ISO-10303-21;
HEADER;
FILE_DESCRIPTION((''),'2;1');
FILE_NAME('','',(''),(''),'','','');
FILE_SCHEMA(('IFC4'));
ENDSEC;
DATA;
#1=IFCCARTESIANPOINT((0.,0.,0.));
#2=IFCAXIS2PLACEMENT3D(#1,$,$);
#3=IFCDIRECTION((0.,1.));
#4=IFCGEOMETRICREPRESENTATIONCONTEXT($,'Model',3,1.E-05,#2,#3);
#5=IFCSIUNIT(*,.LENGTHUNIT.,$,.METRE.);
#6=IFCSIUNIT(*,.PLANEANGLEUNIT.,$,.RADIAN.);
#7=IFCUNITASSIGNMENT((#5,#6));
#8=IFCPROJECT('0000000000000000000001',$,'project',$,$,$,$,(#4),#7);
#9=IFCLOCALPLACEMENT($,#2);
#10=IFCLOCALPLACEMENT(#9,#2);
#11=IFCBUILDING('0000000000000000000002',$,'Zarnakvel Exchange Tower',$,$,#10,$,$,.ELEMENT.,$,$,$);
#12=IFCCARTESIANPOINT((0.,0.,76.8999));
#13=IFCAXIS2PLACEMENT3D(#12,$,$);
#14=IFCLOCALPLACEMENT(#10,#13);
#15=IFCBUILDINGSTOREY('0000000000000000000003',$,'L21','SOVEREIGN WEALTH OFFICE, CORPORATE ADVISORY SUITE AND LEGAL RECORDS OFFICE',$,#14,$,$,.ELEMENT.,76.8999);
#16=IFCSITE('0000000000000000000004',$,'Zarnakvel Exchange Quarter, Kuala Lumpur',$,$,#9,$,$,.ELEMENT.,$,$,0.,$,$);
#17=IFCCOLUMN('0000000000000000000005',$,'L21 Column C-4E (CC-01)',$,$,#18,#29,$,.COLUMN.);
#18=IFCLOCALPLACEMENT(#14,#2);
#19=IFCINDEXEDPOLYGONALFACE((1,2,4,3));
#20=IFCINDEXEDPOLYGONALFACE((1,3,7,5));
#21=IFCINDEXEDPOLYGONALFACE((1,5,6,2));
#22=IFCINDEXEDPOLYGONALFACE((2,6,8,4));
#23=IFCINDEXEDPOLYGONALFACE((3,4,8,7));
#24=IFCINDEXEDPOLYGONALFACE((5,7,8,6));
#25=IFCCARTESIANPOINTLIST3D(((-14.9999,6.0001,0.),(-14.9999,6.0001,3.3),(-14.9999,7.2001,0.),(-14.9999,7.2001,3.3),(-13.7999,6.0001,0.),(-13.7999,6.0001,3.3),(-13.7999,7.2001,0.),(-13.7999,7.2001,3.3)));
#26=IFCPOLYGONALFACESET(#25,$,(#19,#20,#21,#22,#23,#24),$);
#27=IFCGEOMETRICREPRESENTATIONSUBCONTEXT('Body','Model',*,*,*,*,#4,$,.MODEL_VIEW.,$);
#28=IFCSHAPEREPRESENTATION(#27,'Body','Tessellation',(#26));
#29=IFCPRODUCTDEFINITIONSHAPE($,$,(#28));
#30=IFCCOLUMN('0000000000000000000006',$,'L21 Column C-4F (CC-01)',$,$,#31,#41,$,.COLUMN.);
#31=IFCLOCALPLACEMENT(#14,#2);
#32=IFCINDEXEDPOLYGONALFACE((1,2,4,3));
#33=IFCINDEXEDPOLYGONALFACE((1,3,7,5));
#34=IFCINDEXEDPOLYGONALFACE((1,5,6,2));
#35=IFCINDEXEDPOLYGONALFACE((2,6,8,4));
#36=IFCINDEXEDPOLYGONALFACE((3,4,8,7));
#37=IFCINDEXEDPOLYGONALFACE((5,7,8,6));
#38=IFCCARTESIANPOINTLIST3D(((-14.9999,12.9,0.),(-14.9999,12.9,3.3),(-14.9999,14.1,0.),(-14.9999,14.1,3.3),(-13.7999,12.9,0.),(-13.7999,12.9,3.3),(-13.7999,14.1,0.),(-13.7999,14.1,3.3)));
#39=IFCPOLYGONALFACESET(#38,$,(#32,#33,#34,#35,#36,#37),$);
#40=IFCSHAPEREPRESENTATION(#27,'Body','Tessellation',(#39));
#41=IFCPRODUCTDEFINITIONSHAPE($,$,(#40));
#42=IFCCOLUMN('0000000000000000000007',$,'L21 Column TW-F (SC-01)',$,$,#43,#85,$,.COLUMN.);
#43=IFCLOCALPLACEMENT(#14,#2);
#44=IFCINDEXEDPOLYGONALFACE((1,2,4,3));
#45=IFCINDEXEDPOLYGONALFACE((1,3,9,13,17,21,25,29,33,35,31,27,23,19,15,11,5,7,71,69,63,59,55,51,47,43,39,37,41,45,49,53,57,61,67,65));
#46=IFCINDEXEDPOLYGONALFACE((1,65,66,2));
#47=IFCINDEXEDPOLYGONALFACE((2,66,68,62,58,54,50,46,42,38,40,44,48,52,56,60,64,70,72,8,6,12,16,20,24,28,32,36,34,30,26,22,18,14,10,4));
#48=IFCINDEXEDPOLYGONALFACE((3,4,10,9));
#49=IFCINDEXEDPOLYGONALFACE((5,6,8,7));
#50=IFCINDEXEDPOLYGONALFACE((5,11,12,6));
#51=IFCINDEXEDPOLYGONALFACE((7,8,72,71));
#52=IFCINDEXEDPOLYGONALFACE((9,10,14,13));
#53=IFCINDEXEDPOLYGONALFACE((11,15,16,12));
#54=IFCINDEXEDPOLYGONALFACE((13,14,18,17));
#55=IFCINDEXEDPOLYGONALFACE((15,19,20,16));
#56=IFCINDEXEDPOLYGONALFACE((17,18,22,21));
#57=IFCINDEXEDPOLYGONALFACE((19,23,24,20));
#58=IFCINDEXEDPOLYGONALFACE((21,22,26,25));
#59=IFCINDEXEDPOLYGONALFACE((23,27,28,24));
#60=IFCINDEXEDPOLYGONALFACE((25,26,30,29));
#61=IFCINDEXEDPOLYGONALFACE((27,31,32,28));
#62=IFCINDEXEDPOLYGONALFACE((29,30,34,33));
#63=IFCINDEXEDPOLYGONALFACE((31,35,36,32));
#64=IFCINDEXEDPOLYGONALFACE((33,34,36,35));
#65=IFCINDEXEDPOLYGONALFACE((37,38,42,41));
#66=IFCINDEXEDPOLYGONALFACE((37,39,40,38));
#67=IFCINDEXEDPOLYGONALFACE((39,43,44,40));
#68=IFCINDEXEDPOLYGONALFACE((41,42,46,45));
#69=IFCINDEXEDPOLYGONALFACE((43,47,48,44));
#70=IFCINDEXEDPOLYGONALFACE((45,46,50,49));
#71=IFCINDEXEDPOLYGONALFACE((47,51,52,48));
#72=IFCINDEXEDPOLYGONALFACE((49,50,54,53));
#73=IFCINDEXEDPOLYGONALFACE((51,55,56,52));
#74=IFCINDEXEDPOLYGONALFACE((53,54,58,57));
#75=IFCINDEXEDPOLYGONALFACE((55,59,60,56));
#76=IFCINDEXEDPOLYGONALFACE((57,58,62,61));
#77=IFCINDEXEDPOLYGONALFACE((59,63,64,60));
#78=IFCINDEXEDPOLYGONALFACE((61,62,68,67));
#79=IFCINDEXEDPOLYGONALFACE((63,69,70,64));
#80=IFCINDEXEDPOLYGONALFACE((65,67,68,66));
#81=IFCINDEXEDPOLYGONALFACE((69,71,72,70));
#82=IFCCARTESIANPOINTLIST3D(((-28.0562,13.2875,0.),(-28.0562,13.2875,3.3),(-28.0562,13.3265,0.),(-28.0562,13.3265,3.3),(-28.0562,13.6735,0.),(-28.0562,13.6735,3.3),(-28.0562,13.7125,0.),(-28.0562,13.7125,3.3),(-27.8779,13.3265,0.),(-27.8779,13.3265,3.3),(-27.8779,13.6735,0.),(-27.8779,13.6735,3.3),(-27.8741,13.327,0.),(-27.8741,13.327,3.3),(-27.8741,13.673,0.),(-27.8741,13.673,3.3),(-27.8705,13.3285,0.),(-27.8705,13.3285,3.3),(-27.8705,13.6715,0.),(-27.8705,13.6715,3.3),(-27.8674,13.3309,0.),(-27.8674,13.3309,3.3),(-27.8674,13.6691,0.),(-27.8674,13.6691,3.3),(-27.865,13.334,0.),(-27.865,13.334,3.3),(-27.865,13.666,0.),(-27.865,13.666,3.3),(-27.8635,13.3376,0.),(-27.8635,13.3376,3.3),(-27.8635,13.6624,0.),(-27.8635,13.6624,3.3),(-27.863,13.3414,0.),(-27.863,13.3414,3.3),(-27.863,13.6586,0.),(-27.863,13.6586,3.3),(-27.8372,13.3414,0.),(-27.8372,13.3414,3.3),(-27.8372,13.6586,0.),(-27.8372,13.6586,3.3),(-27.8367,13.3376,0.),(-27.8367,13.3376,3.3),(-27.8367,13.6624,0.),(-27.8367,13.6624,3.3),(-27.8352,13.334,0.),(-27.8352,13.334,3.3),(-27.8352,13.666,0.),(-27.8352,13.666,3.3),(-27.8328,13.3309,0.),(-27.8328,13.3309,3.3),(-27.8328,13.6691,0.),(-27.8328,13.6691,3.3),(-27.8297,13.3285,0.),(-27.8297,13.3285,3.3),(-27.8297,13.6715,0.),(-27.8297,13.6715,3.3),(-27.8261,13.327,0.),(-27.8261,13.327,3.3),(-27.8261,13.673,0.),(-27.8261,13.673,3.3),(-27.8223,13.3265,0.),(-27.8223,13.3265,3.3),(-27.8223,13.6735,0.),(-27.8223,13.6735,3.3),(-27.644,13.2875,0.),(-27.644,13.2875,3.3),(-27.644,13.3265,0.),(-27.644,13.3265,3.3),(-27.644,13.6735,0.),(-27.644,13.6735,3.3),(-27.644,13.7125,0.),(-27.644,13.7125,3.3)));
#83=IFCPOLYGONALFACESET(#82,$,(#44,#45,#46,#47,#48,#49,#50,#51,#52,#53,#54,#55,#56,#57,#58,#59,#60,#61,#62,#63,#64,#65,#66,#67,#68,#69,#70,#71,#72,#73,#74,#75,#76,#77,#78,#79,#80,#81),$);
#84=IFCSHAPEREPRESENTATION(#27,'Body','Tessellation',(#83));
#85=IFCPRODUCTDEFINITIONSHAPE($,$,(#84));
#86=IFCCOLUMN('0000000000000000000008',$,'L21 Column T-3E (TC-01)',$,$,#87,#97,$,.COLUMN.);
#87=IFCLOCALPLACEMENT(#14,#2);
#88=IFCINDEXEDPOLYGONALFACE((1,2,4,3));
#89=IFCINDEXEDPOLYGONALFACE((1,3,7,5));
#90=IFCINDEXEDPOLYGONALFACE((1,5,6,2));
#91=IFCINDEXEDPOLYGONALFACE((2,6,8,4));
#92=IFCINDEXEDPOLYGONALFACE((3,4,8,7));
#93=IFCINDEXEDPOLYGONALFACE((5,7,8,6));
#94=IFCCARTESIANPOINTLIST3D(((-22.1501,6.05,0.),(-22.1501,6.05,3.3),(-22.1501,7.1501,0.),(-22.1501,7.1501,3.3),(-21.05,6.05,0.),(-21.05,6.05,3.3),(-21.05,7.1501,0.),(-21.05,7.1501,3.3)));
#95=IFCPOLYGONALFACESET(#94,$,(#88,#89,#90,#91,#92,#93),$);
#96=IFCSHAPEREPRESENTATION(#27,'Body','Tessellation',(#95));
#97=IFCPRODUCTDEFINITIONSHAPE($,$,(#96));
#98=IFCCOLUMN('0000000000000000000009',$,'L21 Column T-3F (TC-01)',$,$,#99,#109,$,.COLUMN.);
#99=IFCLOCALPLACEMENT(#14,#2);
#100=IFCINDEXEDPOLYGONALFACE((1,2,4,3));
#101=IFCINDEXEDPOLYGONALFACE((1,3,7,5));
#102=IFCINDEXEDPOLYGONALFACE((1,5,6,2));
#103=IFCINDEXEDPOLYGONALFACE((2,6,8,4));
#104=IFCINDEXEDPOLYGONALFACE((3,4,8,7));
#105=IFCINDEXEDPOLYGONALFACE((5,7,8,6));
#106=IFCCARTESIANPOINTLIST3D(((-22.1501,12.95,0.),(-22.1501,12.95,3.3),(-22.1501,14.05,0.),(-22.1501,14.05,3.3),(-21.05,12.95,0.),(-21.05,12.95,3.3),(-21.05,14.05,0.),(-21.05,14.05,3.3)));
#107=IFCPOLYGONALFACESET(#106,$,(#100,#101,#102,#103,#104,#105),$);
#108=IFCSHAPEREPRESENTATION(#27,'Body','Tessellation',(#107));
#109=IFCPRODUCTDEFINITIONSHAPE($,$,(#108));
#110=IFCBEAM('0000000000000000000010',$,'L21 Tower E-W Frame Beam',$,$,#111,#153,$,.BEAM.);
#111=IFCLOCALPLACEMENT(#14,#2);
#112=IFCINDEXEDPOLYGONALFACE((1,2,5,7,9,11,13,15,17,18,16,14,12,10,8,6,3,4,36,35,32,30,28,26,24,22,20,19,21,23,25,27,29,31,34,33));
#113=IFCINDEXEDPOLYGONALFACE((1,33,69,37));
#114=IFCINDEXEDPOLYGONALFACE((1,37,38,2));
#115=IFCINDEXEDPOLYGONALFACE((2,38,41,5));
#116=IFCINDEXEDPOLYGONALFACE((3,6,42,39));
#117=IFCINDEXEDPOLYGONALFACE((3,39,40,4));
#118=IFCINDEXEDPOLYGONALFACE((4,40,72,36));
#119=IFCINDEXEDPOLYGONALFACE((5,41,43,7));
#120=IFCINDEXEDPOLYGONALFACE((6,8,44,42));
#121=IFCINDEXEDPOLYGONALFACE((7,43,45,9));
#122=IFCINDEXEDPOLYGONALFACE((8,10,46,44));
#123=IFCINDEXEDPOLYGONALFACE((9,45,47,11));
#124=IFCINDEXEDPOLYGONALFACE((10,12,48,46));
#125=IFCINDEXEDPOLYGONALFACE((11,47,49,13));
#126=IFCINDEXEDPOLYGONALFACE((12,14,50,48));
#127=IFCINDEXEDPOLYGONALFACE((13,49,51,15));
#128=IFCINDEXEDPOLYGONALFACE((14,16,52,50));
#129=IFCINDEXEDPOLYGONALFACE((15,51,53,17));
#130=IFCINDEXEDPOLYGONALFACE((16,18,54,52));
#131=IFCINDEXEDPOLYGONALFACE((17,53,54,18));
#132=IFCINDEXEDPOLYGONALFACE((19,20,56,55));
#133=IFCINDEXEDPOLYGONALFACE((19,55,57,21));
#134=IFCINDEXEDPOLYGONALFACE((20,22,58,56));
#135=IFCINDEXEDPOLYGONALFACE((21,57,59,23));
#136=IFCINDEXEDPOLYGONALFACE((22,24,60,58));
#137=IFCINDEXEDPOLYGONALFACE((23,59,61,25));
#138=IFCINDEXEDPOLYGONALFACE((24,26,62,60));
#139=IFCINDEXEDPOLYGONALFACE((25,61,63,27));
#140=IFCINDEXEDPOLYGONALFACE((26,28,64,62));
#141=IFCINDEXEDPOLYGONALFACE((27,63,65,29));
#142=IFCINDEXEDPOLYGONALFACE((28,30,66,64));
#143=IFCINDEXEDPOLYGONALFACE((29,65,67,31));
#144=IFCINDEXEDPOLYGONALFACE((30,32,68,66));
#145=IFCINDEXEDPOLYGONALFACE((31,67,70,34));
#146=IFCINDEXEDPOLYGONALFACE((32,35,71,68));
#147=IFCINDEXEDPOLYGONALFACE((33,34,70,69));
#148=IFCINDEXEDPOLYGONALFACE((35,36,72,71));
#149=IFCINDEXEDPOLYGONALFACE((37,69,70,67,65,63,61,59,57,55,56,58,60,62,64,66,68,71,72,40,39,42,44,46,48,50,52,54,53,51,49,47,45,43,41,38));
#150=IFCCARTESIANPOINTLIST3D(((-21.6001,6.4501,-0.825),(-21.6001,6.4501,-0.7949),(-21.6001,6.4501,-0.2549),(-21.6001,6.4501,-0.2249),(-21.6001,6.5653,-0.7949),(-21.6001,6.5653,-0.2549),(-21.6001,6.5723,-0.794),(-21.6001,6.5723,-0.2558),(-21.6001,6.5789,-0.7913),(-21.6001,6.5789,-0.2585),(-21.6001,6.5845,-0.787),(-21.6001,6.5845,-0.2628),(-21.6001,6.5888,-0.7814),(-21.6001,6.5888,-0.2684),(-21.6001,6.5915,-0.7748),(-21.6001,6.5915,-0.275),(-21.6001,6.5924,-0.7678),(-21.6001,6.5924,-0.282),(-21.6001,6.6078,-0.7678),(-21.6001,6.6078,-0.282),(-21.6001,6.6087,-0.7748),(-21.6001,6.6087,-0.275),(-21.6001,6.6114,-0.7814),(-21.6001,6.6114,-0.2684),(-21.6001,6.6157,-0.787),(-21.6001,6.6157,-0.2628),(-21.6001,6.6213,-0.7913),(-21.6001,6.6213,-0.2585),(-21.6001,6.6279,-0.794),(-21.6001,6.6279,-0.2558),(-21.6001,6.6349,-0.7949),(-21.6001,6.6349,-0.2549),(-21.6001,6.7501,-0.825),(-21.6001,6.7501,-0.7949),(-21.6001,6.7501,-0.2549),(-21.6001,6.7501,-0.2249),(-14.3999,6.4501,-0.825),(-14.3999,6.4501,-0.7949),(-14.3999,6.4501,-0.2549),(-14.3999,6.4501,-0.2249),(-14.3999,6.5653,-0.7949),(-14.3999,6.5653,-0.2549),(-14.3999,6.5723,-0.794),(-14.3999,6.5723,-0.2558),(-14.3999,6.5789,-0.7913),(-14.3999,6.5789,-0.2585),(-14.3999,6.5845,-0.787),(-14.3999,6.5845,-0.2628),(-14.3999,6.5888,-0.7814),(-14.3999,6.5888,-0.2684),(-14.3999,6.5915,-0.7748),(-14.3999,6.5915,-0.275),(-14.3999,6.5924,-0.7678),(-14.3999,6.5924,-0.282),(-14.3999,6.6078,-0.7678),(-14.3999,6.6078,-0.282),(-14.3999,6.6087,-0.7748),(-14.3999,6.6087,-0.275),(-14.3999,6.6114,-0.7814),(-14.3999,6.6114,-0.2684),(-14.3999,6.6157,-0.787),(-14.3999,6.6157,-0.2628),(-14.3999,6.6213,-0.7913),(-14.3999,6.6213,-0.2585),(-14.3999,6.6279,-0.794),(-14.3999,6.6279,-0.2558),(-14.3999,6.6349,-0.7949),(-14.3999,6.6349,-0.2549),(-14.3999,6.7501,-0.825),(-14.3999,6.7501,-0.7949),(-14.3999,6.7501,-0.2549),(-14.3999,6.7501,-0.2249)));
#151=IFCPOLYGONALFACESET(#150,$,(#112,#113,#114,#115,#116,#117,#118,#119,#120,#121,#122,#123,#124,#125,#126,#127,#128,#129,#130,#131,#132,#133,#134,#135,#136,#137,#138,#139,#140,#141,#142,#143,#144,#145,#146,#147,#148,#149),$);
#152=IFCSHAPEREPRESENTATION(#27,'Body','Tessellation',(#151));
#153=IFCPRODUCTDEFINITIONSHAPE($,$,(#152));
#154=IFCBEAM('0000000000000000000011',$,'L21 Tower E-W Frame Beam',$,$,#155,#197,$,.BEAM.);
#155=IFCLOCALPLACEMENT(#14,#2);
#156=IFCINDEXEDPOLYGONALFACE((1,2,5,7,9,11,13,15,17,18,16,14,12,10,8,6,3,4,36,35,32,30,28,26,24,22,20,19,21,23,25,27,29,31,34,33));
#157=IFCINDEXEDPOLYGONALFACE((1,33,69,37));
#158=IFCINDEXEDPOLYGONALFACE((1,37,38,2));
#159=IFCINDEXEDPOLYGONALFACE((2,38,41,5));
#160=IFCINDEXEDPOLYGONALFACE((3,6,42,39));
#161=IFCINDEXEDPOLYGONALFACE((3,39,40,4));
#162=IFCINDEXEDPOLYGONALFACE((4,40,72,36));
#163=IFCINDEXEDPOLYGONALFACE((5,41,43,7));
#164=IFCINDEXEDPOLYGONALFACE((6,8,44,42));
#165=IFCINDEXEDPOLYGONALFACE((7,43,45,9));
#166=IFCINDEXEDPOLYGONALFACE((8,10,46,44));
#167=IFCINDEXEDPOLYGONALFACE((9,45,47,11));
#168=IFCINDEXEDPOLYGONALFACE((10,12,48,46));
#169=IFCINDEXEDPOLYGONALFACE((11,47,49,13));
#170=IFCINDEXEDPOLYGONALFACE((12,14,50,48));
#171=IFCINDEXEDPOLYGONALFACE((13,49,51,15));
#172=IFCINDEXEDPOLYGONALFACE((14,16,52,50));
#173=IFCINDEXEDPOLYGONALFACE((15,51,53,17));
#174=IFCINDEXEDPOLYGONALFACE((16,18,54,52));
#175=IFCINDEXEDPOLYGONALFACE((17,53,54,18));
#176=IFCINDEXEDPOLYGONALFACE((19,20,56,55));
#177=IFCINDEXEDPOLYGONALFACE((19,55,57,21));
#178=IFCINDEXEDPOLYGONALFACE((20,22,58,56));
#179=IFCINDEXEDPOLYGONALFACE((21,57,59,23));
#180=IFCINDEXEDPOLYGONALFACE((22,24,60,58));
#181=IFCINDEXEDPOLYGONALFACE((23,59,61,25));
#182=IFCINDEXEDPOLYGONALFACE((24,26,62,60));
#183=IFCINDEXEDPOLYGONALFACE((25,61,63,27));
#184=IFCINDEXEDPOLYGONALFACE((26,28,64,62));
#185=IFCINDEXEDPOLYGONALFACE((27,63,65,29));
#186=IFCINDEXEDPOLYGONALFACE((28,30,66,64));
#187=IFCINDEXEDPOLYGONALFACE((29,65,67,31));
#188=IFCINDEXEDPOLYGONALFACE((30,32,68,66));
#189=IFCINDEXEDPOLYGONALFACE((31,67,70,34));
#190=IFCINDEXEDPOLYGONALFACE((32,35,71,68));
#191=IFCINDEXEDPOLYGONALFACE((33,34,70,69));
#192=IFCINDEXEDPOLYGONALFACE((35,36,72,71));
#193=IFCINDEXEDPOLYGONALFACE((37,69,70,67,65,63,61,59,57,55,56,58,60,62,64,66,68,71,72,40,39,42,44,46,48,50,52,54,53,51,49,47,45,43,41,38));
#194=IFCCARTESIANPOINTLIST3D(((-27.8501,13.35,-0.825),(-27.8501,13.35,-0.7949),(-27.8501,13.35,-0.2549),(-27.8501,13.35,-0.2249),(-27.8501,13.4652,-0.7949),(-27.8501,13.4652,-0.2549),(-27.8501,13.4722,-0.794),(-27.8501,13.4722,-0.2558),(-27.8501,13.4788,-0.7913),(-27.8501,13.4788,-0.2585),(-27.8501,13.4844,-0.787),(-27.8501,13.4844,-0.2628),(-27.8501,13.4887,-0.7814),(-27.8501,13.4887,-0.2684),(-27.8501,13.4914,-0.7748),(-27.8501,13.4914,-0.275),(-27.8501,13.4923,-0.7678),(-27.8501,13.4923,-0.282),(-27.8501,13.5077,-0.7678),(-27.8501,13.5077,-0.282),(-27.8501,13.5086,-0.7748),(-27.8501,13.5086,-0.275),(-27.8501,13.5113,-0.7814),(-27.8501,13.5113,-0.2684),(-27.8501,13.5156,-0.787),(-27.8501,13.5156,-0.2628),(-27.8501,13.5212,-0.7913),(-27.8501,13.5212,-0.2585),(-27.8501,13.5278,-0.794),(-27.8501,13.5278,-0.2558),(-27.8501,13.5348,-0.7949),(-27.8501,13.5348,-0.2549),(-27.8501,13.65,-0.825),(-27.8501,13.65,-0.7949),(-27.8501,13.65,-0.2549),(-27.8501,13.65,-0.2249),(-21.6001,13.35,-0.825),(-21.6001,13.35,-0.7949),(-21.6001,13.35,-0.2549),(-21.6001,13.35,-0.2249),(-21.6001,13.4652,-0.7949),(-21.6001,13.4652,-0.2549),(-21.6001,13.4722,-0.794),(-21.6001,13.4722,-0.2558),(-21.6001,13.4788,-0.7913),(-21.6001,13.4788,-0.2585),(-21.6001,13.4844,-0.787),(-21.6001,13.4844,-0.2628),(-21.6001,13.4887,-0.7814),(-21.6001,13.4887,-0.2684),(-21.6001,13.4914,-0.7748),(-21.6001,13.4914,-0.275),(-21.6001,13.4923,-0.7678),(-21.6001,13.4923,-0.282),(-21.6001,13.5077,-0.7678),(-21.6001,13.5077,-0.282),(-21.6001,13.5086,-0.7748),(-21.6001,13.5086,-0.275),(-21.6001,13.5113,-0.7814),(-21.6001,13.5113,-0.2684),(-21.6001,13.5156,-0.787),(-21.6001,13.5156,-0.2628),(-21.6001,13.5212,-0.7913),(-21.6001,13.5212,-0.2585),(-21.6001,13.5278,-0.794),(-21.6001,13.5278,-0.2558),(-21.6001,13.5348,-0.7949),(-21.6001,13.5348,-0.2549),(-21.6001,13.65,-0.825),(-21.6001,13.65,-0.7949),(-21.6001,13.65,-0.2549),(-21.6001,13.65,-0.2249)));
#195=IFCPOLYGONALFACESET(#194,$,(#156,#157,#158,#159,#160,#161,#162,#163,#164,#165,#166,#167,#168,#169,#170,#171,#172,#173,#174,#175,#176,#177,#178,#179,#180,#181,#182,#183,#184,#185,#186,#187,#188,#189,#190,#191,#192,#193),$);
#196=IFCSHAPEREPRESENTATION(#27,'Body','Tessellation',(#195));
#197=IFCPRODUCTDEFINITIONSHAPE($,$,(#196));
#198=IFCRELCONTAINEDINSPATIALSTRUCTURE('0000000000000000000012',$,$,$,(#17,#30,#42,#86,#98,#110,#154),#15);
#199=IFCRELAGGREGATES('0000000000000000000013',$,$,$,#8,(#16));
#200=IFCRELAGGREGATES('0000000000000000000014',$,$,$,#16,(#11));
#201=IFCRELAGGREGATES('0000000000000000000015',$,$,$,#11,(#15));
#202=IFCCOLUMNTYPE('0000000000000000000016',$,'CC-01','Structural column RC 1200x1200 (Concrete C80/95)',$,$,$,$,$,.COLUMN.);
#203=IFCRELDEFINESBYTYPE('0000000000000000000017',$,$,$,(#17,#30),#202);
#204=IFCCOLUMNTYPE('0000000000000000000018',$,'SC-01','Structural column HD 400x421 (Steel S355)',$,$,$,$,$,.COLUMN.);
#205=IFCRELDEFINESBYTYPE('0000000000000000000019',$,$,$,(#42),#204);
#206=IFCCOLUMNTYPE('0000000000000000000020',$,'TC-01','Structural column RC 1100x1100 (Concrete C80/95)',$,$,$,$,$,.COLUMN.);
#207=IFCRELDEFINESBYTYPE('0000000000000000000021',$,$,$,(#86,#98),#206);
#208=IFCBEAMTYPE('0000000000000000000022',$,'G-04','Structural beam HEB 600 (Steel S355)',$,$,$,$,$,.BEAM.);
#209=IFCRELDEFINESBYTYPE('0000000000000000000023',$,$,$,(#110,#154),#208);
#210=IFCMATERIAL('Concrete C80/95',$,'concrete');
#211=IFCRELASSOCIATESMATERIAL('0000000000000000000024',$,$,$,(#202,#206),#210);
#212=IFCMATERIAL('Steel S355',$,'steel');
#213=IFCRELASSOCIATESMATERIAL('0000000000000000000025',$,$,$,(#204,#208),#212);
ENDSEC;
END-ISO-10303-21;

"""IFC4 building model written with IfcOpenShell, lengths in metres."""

from ifc_helpers import new_model, si_unit, direction, frame, origin, origin_2d, place, context, subcontext, project, spatial, rectangle, i_section, extrude, material, material_profile, profile_set, type_object, element, save


model = new_model("IFC4")

# Units and contexts
model_context = context("Model", 3, precision=1e-05, world=origin(), true_north=direction((0.0, 1.0)))
body_context = subcontext(model_context, "Body", "Model", "MODEL_VIEW")
ifc_project = project(units=[si_unit("LENGTHUNIT", "METRE"), si_unit("PLANEANGLEUNIT", "RADIAN")], contexts=[model_context])

# Site, building, storey
site_placement = place(None, origin())
site = spatial("IfcSite", under=ifc_project, at=site_placement, Name="Zarnakvel Exchange Quarter, Kuala Lumpur", CompositionType="ELEMENT", RefElevation=0.0)
building_placement = place(site_placement, origin())
building = spatial("IfcBuilding", under=site, at=building_placement, Name="Zarnakvel Exchange Tower", CompositionType="ELEMENT")
storey_placement = place(building_placement, frame((0.0, 0.0, 76.8999)))
storey = spatial("IfcBuildingStorey", under=building, at=storey_placement, Name="L21", Description="SOVEREIGN WEALTH OFFICE, CORPORATE ADVISORY SUITE AND LEGAL RECORDS OFFICE", CompositionType="ELEMENT", Elevation=76.8999)

# Columns
ifc_material_1 = material(Name="Concrete C80/95", Category="concrete")
ifc_material_profile_1 = material_profile(ifc_material_1, rectangle(XDim=1.2, YDim=1.2, at=origin_2d()))
ifc_profile_set_1 = profile_set([ifc_material_profile_1], Name="Concrete C80/95")
column_type_1 = type_object("IfcColumnType", Name="CC-01", Description="Structural column RC 1200x1200 (Concrete C80/95)", PredefinedType="COLUMN", material=ifc_profile_set_1)
for number, where, z_axis, x_axis, name in (
    (1, (-14.3999, 6.6001, 0.0), (0.0, 0.0, 1.0), (1.0, 0.0, 0.0), "L21 Column C-4E (CC-01)"),
    (2, (-14.3999, 13.5, 0.0), (0.0, 0.0, 1.0), (1.0, 0.0, 0.0), "L21 Column C-4F (CC-01)"),
):
    element("IfcColumn", number, at=place(storey_placement, frame(where, z_axis=z_axis, x_axis=x_axis)), inside=storey, type_object=column_type_1, Name=name, PredefinedType="COLUMN", context=body_context, shape_type="SweptSolid", body=[
        extrude(rectangle(XDim=1.2, YDim=1.2, at=origin_2d()), origin(), (0.0, 0.0, 1.0), 3.3),
    ])
ifc_material_2 = material(Name="Steel S355", Category="steel")
ifc_material_profile_2 = material_profile(ifc_material_2, i_section(OverallWidth=0.4121, OverallDepth=0.425, WebThickness=0.0259, FlangeThickness=0.0391, FilletRadius=0.0149, at=origin_2d()))
ifc_profile_set_2 = profile_set([ifc_material_profile_2], Name="Steel S355")
column_type_2 = type_object("IfcColumnType", Name="SC-01", Description="Structural column HD 400x421 (Steel S355)", PredefinedType="COLUMN", material=ifc_profile_set_2)
column_placement = place(storey_placement, frame((-27.8501, 13.5, 0.0), z_axis=(0.0, 0.0, 1.0), x_axis=(1.0, 0.0, 0.0)))
element("IfcColumn", 3, at=column_placement, inside=storey, type_object=column_type_2, Name="L21 Column TW-F (SC-01)", PredefinedType="COLUMN", context=body_context, shape_type="SweptSolid", body=[
    extrude(i_section(OverallWidth=0.4121, OverallDepth=0.425, WebThickness=0.0259, FlangeThickness=0.0391, FilletRadius=0.0149, at=origin_2d()), origin(), (0.0, 0.0, 1.0), 3.3),
])
ifc_material_profile_3 = material_profile(ifc_material_1, rectangle(XDim=1.1001, YDim=1.1001, at=origin_2d()))
ifc_profile_set_3 = profile_set([ifc_material_profile_3], Name="Concrete C80/95")
column_type_3 = type_object("IfcColumnType", Name="TC-01", Description="Structural column RC 1100x1100 (Concrete C80/95)", PredefinedType="COLUMN", material=ifc_profile_set_3)
for number, where, z_axis, x_axis, name in (
    (4, (-21.6001, 6.6001, 0.0), (0.0, 0.0, 1.0), (1.0, 0.0, 0.0), "L21 Column T-3E (TC-01)"),
    (5, (-21.6001, 13.5, 0.0), (0.0, 0.0, 1.0), (1.0, 0.0, 0.0), "L21 Column T-3F (TC-01)"),
):
    element("IfcColumn", number, at=place(storey_placement, frame(where, z_axis=z_axis, x_axis=x_axis)), inside=storey, type_object=column_type_3, Name=name, PredefinedType="COLUMN", context=body_context, shape_type="SweptSolid", body=[
        extrude(rectangle(XDim=1.1001, YDim=1.1001, at=origin_2d()), origin(), (0.0, 0.0, 1.0), 3.3),
    ])

# Beams
ifc_material_profile_4 = material_profile(ifc_material_2, i_section(OverallWidth=0.3, OverallDepth=0.6001, WebThickness=0.0154, FlangeThickness=0.03, FilletRadius=0.0271, at=origin_2d()))
ifc_profile_set_4 = profile_set([ifc_material_profile_4], Name="Steel S355")
beam_type = type_object("IfcBeamType", Name="G-04", Description="Structural beam HEB 600 (Steel S355)", PredefinedType="BEAM", material=ifc_profile_set_4)
beam_1_placement = place(storey_placement, frame((-21.6001, 6.6001, -0.5249), z_axis=(1.0, 0.0, 0.0), x_axis=(0.0, 1.0, 0.0)))
element("IfcBeam", 6, at=beam_1_placement, inside=storey, type_object=beam_type, Name="L21 Tower E-W Frame Beam", PredefinedType="BEAM", context=body_context, shape_type="SweptSolid", body=[
    extrude(i_section(OverallWidth=0.3, OverallDepth=0.6001, WebThickness=0.0154, FlangeThickness=0.03, FilletRadius=0.0271, at=origin_2d()), origin(), (0.0, 0.0, 1.0), 7.2002),
])
beam_2_placement = place(storey_placement, frame((-27.8501, 13.5, -0.5249), z_axis=(1.0, 0.0, 0.0), x_axis=(0.0, 1.0, 0.0)))
element("IfcBeam", 7, at=beam_2_placement, inside=storey, type_object=beam_type, Name="L21 Tower E-W Frame Beam", PredefinedType="BEAM", context=body_context, shape_type="SweptSolid", body=[
    extrude(i_section(OverallWidth=0.3, OverallDepth=0.6001, WebThickness=0.0154, FlangeThickness=0.03, FilletRadius=0.0271, at=origin_2d()), origin(), (0.0, 0.0, 1.0), 6.25),
])

save(model, "model.ifc")
